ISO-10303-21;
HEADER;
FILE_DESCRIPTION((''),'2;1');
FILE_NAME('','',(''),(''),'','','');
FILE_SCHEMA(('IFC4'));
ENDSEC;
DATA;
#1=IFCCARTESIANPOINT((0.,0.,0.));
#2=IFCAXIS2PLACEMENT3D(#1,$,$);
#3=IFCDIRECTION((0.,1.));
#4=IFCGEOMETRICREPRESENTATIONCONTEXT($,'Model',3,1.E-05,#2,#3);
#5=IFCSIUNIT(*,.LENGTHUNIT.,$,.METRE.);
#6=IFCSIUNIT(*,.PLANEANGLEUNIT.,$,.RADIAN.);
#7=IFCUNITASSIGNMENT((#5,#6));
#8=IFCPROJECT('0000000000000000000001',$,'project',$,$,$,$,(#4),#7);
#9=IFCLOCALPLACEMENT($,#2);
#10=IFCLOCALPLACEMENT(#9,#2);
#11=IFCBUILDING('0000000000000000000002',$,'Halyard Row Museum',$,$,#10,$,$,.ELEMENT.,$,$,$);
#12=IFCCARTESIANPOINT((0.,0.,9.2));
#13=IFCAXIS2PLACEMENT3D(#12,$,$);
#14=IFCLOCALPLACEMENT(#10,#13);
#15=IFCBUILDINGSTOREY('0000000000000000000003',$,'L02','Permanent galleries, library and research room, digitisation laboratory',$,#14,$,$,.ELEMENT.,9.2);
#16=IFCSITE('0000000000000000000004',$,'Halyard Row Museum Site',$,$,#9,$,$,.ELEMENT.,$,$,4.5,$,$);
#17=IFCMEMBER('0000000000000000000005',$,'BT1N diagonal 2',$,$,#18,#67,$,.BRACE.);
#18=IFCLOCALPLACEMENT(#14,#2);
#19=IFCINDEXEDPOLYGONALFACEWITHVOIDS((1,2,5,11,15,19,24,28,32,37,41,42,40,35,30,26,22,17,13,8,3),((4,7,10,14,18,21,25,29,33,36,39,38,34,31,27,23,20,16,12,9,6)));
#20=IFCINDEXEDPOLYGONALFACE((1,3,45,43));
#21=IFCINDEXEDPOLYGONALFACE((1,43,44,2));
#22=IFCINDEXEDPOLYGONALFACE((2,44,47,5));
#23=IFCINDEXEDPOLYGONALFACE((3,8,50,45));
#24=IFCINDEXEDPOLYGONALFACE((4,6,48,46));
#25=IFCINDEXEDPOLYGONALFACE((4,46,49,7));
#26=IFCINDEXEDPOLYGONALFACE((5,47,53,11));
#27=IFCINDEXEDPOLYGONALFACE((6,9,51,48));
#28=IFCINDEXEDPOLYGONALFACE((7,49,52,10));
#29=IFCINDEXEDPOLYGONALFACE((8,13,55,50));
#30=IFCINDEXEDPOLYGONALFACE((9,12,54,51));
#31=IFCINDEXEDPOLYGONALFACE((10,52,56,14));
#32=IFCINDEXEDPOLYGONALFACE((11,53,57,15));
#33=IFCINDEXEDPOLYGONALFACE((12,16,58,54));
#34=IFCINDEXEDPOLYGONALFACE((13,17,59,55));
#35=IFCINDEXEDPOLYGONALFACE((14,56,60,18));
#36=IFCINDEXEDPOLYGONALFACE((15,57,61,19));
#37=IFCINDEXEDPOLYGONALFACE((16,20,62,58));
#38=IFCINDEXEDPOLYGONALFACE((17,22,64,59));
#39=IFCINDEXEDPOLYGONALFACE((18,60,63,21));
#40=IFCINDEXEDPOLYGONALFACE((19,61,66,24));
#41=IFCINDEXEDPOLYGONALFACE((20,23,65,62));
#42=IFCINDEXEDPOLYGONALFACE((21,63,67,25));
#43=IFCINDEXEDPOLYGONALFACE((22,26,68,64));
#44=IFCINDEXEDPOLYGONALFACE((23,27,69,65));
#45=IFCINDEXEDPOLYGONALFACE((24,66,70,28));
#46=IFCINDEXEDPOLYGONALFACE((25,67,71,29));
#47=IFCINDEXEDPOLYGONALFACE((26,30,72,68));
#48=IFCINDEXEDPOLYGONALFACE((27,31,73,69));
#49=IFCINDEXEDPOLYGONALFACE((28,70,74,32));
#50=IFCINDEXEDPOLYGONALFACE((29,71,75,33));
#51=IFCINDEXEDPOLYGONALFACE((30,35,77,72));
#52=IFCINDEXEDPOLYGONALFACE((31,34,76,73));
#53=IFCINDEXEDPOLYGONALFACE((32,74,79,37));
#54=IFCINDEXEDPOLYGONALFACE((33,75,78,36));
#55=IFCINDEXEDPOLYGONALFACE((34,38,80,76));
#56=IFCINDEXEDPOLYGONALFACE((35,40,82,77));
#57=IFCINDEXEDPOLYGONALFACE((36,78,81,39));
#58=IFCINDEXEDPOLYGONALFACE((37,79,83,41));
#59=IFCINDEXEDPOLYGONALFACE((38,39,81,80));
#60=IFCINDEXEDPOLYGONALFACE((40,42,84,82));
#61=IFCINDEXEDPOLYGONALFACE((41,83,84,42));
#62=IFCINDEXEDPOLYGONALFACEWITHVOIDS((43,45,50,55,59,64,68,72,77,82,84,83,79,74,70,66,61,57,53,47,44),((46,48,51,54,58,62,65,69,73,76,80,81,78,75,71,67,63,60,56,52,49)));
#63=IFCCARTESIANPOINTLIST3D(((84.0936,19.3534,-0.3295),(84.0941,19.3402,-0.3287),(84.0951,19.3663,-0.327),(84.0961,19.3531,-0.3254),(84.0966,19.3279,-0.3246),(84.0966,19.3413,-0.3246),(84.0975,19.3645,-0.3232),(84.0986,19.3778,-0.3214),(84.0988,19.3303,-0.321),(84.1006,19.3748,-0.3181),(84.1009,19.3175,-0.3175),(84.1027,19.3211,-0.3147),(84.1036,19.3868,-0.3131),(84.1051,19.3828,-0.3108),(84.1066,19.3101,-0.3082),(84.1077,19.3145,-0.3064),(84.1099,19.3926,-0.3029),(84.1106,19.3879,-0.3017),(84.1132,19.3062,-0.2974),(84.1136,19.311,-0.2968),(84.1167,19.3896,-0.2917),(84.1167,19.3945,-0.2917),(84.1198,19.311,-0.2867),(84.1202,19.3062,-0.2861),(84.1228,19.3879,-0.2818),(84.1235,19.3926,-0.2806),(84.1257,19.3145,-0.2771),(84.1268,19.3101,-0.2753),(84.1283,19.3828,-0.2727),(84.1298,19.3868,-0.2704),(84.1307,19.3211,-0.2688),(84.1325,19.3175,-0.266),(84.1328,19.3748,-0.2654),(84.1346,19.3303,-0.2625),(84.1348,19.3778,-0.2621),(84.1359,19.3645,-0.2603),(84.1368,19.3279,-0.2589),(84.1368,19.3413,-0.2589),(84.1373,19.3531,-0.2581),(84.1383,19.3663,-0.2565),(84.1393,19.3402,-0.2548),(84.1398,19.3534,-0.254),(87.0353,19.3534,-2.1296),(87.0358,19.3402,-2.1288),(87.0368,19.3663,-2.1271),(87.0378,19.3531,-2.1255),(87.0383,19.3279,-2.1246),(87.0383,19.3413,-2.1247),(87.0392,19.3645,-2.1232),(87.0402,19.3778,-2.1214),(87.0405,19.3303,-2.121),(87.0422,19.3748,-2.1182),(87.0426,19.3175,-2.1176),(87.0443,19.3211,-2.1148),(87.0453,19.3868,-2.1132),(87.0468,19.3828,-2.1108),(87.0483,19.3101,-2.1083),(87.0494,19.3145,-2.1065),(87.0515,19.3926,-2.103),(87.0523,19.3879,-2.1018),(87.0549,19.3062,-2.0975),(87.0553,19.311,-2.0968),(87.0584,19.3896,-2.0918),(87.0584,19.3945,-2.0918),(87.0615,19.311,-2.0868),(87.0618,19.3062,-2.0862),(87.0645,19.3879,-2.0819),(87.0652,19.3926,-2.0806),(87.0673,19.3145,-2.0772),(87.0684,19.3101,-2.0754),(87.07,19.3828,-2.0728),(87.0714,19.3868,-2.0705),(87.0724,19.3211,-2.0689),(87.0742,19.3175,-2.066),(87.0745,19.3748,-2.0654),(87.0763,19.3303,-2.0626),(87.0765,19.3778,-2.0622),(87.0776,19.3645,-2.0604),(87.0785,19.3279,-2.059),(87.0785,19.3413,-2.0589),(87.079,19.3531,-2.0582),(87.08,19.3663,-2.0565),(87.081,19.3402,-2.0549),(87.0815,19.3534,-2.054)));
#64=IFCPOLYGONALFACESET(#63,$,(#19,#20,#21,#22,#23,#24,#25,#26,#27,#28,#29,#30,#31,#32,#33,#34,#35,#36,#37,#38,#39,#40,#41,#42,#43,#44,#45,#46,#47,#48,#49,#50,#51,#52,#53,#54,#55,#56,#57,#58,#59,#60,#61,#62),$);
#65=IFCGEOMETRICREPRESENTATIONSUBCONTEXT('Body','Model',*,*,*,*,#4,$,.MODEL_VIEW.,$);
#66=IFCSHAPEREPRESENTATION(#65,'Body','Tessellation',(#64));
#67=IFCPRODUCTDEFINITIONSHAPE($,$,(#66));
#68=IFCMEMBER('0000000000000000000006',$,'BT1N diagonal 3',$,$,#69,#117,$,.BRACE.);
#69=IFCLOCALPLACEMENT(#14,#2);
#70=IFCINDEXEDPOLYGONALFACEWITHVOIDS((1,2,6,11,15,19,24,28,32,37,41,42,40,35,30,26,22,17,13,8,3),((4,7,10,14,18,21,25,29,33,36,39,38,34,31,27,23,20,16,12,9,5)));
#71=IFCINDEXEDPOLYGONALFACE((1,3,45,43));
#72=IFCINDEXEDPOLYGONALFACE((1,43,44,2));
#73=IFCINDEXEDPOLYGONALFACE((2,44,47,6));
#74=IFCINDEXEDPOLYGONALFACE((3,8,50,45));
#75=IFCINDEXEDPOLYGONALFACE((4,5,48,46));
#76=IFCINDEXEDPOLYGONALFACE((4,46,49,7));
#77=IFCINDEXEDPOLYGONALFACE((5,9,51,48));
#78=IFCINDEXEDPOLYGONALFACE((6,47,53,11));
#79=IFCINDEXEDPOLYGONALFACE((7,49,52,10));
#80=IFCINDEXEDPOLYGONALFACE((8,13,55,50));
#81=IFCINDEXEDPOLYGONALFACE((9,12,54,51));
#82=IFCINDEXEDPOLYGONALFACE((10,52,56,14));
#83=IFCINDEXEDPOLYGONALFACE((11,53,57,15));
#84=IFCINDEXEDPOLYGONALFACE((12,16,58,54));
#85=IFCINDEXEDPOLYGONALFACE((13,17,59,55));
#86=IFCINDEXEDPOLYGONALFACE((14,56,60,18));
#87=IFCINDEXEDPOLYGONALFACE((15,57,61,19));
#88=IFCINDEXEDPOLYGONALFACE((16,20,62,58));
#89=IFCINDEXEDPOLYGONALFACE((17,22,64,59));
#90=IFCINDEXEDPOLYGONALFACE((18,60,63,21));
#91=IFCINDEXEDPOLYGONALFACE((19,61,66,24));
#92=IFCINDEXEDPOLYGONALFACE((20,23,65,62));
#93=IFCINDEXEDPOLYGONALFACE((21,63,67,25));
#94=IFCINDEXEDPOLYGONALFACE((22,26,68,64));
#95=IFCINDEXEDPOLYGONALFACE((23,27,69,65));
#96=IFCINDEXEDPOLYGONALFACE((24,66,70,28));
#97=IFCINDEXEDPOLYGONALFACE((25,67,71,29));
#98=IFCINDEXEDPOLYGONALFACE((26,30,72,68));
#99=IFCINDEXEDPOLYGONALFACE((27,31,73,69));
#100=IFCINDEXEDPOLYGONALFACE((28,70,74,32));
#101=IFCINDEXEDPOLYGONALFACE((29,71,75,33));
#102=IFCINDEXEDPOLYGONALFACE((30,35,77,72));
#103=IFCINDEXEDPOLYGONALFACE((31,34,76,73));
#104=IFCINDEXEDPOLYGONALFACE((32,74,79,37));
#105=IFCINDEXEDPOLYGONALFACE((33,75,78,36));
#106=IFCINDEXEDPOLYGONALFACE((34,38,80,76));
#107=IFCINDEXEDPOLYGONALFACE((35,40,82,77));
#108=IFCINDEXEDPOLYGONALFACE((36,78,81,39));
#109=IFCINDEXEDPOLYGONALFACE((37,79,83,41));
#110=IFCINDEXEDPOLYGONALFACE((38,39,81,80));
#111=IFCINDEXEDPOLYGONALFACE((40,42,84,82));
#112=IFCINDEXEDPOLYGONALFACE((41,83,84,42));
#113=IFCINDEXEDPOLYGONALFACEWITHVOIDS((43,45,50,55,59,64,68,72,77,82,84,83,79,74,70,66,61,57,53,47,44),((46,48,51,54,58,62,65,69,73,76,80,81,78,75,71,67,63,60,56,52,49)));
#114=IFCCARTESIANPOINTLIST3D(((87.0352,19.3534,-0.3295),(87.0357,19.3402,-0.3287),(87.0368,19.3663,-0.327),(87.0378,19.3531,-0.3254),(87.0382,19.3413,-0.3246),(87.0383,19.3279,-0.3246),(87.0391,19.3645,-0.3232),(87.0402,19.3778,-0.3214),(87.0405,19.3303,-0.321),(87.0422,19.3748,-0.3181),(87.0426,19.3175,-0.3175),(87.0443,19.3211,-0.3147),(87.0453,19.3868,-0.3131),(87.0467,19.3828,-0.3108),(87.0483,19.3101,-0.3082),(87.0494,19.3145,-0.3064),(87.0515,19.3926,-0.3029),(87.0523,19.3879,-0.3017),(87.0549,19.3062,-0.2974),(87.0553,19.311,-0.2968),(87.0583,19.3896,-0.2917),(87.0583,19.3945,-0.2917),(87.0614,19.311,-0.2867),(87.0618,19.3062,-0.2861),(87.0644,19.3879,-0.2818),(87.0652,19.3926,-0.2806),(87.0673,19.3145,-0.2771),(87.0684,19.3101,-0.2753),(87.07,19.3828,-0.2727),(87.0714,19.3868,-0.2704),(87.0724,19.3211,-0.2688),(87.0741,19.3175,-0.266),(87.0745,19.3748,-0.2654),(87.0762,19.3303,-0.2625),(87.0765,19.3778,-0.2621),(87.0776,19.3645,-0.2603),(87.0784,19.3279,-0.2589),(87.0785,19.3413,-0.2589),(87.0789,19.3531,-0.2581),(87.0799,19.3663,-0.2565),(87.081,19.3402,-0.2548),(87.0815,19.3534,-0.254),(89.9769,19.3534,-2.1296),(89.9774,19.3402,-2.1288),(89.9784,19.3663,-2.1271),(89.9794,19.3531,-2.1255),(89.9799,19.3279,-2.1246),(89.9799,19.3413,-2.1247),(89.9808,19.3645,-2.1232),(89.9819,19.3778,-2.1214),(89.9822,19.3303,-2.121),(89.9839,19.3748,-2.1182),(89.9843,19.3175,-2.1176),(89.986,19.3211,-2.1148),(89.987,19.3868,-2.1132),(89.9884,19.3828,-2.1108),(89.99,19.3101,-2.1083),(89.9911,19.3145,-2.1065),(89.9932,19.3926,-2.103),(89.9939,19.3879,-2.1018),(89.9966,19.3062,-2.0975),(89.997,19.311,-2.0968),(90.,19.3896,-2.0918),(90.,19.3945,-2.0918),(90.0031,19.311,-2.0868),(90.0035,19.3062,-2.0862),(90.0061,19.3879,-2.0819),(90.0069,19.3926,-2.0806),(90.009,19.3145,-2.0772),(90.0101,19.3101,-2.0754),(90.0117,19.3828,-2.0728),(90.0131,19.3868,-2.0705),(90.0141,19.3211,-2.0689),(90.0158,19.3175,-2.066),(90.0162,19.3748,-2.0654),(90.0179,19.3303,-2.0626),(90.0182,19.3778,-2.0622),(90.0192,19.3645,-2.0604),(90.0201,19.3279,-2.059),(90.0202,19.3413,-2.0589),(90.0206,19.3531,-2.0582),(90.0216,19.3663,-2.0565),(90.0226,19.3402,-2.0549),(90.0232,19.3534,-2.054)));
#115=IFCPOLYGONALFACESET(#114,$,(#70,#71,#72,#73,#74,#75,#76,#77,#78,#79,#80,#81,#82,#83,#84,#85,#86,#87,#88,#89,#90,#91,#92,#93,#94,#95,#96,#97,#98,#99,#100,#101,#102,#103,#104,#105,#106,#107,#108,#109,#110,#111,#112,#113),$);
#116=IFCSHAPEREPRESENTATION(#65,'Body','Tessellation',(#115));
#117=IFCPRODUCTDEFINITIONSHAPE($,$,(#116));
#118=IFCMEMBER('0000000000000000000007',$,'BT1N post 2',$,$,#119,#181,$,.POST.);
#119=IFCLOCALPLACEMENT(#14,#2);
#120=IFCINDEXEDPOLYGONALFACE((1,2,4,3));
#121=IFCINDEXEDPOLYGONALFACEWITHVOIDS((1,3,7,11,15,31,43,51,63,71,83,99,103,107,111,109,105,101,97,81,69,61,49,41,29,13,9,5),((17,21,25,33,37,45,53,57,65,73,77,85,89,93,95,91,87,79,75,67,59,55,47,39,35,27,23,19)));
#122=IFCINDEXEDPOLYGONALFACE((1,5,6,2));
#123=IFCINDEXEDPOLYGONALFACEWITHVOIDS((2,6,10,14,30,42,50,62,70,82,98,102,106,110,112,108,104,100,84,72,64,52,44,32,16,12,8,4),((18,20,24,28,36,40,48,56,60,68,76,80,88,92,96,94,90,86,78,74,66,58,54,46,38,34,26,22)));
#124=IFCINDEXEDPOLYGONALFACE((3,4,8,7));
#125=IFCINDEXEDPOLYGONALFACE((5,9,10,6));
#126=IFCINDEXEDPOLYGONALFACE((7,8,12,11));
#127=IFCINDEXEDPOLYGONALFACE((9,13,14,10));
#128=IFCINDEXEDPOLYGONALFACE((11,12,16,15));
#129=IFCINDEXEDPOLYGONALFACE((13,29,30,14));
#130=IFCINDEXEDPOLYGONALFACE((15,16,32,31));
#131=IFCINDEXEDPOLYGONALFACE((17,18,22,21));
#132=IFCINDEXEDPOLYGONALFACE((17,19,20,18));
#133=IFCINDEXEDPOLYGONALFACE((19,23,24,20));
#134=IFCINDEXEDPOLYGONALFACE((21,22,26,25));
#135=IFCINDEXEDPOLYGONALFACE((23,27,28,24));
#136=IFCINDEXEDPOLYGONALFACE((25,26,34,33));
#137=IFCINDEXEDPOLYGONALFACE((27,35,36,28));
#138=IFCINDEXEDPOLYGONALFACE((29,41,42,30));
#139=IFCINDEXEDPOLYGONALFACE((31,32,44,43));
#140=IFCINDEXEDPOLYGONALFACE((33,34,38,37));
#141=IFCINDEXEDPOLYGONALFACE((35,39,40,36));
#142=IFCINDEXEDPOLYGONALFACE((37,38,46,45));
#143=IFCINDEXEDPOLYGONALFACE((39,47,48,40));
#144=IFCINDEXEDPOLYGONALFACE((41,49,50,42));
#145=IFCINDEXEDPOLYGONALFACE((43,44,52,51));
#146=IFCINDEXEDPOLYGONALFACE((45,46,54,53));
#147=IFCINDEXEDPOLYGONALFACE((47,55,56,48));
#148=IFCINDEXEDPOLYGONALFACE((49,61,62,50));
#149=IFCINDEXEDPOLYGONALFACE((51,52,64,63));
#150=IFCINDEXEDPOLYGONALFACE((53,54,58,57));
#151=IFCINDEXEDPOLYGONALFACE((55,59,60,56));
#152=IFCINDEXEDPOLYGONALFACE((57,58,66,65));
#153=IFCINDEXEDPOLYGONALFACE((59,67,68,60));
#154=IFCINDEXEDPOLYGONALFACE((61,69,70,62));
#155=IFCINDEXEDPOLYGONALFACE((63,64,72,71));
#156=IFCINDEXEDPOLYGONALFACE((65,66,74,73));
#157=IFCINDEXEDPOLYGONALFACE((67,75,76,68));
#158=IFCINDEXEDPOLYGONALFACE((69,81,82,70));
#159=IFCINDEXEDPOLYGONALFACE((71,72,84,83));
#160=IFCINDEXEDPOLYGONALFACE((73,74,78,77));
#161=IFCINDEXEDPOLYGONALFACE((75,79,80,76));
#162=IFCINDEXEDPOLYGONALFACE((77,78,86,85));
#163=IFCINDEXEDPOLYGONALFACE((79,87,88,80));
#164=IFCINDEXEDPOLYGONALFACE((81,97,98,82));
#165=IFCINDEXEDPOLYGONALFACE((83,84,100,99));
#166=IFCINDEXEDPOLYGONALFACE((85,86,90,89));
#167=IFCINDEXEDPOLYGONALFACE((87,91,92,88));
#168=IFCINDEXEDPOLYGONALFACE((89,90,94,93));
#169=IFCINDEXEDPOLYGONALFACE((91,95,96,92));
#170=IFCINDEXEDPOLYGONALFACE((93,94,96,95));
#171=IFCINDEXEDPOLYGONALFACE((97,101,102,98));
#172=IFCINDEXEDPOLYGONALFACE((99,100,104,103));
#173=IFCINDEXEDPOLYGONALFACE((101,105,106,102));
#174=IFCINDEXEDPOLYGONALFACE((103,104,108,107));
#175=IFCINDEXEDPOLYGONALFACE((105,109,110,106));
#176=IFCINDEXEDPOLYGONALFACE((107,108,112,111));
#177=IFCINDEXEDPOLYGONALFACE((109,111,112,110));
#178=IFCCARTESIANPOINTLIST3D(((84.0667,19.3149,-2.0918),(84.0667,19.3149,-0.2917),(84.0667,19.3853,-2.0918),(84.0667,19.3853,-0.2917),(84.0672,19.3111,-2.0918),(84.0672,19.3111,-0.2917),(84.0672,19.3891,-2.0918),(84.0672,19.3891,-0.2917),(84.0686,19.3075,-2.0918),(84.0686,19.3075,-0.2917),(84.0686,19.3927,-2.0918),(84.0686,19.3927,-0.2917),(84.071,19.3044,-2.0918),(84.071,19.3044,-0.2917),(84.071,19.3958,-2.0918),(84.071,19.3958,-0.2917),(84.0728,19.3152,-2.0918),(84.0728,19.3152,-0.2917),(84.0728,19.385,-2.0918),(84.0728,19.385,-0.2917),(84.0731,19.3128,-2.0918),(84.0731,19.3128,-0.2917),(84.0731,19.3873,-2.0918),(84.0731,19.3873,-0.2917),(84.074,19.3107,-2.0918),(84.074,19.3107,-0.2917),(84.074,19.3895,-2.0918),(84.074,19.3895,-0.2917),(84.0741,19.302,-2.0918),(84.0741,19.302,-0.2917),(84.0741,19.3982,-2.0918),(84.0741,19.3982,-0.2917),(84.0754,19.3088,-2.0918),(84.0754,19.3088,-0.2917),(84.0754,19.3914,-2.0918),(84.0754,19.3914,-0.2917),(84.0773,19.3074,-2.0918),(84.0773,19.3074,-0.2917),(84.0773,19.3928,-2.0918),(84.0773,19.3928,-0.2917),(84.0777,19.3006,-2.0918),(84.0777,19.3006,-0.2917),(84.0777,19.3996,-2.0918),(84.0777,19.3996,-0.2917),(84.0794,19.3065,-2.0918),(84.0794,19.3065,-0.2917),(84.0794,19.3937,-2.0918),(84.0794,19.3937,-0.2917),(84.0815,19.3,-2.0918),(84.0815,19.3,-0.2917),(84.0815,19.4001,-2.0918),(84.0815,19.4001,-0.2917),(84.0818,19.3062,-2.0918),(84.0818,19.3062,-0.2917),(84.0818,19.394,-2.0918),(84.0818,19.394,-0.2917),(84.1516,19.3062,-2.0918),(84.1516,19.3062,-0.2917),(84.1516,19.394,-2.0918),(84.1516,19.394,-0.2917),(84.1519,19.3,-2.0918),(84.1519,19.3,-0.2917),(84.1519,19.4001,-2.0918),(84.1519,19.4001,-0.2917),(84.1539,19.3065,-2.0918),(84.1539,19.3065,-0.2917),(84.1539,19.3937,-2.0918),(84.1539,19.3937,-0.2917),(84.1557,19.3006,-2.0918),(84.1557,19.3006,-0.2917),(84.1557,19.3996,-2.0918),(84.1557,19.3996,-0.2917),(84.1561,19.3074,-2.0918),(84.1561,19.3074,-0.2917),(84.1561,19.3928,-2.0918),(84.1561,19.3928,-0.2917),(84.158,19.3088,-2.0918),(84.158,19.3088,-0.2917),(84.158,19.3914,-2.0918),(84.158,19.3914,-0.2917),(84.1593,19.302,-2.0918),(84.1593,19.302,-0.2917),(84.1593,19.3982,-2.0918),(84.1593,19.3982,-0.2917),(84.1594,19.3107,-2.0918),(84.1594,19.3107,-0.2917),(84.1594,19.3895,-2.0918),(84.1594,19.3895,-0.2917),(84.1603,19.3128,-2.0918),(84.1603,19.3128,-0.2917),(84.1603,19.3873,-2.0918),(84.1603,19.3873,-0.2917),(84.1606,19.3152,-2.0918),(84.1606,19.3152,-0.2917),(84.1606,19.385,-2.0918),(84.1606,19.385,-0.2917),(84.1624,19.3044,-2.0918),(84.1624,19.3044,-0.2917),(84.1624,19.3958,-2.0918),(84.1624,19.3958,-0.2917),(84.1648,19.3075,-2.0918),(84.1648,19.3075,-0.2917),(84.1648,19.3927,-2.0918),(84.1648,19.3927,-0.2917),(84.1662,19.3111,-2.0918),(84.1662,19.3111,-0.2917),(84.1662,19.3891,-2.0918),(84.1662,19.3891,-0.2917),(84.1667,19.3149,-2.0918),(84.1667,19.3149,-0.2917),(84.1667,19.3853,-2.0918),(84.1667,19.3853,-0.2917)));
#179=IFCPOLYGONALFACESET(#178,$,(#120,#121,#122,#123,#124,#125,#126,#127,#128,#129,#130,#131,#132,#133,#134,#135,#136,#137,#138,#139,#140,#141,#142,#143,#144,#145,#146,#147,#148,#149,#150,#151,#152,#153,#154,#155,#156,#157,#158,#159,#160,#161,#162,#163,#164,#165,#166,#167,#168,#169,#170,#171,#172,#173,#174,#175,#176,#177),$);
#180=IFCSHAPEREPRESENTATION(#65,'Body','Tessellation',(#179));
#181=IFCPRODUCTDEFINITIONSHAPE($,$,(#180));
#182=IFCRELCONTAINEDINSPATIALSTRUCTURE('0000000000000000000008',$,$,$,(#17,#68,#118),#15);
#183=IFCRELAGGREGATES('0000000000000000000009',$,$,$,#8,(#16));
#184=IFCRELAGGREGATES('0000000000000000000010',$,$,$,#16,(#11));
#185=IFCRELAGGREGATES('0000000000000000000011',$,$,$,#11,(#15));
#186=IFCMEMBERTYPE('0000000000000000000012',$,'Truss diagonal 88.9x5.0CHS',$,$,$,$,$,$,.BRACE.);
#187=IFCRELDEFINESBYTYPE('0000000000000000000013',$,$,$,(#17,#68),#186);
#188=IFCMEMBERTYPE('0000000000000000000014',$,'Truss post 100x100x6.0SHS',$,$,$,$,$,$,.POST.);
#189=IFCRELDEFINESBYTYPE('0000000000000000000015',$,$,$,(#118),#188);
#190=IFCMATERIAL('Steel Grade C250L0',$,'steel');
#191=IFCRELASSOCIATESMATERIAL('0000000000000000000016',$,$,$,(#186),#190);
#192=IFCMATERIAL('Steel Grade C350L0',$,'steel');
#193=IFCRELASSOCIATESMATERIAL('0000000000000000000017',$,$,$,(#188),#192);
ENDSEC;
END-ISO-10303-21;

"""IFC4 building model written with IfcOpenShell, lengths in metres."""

from ifc_helpers import new_model, si_unit, direction, frame, origin, origin_2d, place, context, subcontext, project, spatial, hollow_rectangle, hollow_circle, extrude, material, material_profile, profile_set, type_object, element, save


model = new_model("IFC4")

# Units and contexts
model_context = context("Model", 3, precision=1e-05, world=origin(), true_north=direction((0.0, 1.0)))
body_context = subcontext(model_context, "Body", "Model", "MODEL_VIEW")
ifc_project = project(units=[si_unit("LENGTHUNIT", "METRE"), si_unit("PLANEANGLEUNIT", "RADIAN")], contexts=[model_context])

# Site, building, storey
site_placement = place(None, origin())
site = spatial("IfcSite", under=ifc_project, at=site_placement, Name="Halyard Row Museum Site", CompositionType="ELEMENT", RefElevation=4.5)
building_placement = place(site_placement, origin())
building = spatial("IfcBuilding", under=site, at=building_placement, Name="Halyard Row Museum", CompositionType="ELEMENT")
storey_placement = place(building_placement, frame((0.0, 0.0, 9.2)))
storey = spatial("IfcBuildingStorey", under=building, at=storey_placement, Name="L02", Description="Permanent galleries, library and research room, digitisation laboratory", CompositionType="ELEMENT", Elevation=9.2)

# Members
ifc_material_1 = material(Name="Steel Grade C250L0", Category="steel")
ifc_material_profile_1 = material_profile(ifc_material_1, hollow_circle(Radius=0.0444, WallThickness=0.0049, at=origin_2d()), Name="88.9x5.0CHS")
ifc_profile_set_1 = profile_set([ifc_material_profile_1], Name="Steel Grade C250L0")
member_type_1 = type_object("IfcMemberType", Name="Truss diagonal 88.9x5.0CHS", PredefinedType="BRACE", material=ifc_profile_set_1)
for number, where, z_axis, x_axis, name in (
    (1, (84.1167, 19.3501, -0.2917), (0.852975, 0.0, -0.521951), (0.0, 1.0, 0.0), "BT1N diagonal 2"),
    (2, (87.0583, 19.3501, -0.2917), (0.852975, 0.0, -0.521951), (0.0, 1.0, 0.0), "BT1N diagonal 3"),
):
    element("IfcMember", number, at=place(storey_placement, frame(where, z_axis=z_axis, x_axis=x_axis)), inside=storey, type_object=member_type_1, Name=name, PredefinedType="BRACE", context=body_context, shape_type="SweptSolid", body=[
        extrude(hollow_circle(Radius=0.0444, WallThickness=0.0049, at=origin_2d()), origin(), (0.0, 0.0, 1.0), 3.4487),
    ])
ifc_material_2 = material(Name="Steel Grade C350L0", Category="steel")
ifc_material_profile_2 = material_profile(ifc_material_2, hollow_rectangle(XDim=0.1001, YDim=0.1001, WallThickness=0.0061, InnerFilletRadius=0.009, OuterFilletRadius=0.0149, at=origin_2d()), Name="100x100x6.0SHS")
ifc_profile_set_2 = profile_set([ifc_material_profile_2], Name="Steel Grade C350L0")
member_type_2 = type_object("IfcMemberType", Name="Truss post 100x100x6.0SHS", PredefinedType="POST", material=ifc_profile_set_2)
for number, where, z_axis, x_axis, name in (
    (3, (84.1167, 19.3501, -2.0918), (0.0, 0.0, 1.0), (1.0, 0.0, 0.0), "BT1N post 2"),
):
    element("IfcMember", number, at=place(storey_placement, frame(where, z_axis=z_axis, x_axis=x_axis)), inside=storey, type_object=member_type_2, Name=name, PredefinedType="POST", context=body_context, shape_type="SweptSolid", body=[
        extrude(hollow_rectangle(XDim=0.1001, YDim=0.1001, WallThickness=0.0061, InnerFilletRadius=0.009, OuterFilletRadius=0.0149, at=origin_2d()), origin(), (0.0, 0.0, 1.0), 1.8),
    ])

save(model, "model.ifc")
